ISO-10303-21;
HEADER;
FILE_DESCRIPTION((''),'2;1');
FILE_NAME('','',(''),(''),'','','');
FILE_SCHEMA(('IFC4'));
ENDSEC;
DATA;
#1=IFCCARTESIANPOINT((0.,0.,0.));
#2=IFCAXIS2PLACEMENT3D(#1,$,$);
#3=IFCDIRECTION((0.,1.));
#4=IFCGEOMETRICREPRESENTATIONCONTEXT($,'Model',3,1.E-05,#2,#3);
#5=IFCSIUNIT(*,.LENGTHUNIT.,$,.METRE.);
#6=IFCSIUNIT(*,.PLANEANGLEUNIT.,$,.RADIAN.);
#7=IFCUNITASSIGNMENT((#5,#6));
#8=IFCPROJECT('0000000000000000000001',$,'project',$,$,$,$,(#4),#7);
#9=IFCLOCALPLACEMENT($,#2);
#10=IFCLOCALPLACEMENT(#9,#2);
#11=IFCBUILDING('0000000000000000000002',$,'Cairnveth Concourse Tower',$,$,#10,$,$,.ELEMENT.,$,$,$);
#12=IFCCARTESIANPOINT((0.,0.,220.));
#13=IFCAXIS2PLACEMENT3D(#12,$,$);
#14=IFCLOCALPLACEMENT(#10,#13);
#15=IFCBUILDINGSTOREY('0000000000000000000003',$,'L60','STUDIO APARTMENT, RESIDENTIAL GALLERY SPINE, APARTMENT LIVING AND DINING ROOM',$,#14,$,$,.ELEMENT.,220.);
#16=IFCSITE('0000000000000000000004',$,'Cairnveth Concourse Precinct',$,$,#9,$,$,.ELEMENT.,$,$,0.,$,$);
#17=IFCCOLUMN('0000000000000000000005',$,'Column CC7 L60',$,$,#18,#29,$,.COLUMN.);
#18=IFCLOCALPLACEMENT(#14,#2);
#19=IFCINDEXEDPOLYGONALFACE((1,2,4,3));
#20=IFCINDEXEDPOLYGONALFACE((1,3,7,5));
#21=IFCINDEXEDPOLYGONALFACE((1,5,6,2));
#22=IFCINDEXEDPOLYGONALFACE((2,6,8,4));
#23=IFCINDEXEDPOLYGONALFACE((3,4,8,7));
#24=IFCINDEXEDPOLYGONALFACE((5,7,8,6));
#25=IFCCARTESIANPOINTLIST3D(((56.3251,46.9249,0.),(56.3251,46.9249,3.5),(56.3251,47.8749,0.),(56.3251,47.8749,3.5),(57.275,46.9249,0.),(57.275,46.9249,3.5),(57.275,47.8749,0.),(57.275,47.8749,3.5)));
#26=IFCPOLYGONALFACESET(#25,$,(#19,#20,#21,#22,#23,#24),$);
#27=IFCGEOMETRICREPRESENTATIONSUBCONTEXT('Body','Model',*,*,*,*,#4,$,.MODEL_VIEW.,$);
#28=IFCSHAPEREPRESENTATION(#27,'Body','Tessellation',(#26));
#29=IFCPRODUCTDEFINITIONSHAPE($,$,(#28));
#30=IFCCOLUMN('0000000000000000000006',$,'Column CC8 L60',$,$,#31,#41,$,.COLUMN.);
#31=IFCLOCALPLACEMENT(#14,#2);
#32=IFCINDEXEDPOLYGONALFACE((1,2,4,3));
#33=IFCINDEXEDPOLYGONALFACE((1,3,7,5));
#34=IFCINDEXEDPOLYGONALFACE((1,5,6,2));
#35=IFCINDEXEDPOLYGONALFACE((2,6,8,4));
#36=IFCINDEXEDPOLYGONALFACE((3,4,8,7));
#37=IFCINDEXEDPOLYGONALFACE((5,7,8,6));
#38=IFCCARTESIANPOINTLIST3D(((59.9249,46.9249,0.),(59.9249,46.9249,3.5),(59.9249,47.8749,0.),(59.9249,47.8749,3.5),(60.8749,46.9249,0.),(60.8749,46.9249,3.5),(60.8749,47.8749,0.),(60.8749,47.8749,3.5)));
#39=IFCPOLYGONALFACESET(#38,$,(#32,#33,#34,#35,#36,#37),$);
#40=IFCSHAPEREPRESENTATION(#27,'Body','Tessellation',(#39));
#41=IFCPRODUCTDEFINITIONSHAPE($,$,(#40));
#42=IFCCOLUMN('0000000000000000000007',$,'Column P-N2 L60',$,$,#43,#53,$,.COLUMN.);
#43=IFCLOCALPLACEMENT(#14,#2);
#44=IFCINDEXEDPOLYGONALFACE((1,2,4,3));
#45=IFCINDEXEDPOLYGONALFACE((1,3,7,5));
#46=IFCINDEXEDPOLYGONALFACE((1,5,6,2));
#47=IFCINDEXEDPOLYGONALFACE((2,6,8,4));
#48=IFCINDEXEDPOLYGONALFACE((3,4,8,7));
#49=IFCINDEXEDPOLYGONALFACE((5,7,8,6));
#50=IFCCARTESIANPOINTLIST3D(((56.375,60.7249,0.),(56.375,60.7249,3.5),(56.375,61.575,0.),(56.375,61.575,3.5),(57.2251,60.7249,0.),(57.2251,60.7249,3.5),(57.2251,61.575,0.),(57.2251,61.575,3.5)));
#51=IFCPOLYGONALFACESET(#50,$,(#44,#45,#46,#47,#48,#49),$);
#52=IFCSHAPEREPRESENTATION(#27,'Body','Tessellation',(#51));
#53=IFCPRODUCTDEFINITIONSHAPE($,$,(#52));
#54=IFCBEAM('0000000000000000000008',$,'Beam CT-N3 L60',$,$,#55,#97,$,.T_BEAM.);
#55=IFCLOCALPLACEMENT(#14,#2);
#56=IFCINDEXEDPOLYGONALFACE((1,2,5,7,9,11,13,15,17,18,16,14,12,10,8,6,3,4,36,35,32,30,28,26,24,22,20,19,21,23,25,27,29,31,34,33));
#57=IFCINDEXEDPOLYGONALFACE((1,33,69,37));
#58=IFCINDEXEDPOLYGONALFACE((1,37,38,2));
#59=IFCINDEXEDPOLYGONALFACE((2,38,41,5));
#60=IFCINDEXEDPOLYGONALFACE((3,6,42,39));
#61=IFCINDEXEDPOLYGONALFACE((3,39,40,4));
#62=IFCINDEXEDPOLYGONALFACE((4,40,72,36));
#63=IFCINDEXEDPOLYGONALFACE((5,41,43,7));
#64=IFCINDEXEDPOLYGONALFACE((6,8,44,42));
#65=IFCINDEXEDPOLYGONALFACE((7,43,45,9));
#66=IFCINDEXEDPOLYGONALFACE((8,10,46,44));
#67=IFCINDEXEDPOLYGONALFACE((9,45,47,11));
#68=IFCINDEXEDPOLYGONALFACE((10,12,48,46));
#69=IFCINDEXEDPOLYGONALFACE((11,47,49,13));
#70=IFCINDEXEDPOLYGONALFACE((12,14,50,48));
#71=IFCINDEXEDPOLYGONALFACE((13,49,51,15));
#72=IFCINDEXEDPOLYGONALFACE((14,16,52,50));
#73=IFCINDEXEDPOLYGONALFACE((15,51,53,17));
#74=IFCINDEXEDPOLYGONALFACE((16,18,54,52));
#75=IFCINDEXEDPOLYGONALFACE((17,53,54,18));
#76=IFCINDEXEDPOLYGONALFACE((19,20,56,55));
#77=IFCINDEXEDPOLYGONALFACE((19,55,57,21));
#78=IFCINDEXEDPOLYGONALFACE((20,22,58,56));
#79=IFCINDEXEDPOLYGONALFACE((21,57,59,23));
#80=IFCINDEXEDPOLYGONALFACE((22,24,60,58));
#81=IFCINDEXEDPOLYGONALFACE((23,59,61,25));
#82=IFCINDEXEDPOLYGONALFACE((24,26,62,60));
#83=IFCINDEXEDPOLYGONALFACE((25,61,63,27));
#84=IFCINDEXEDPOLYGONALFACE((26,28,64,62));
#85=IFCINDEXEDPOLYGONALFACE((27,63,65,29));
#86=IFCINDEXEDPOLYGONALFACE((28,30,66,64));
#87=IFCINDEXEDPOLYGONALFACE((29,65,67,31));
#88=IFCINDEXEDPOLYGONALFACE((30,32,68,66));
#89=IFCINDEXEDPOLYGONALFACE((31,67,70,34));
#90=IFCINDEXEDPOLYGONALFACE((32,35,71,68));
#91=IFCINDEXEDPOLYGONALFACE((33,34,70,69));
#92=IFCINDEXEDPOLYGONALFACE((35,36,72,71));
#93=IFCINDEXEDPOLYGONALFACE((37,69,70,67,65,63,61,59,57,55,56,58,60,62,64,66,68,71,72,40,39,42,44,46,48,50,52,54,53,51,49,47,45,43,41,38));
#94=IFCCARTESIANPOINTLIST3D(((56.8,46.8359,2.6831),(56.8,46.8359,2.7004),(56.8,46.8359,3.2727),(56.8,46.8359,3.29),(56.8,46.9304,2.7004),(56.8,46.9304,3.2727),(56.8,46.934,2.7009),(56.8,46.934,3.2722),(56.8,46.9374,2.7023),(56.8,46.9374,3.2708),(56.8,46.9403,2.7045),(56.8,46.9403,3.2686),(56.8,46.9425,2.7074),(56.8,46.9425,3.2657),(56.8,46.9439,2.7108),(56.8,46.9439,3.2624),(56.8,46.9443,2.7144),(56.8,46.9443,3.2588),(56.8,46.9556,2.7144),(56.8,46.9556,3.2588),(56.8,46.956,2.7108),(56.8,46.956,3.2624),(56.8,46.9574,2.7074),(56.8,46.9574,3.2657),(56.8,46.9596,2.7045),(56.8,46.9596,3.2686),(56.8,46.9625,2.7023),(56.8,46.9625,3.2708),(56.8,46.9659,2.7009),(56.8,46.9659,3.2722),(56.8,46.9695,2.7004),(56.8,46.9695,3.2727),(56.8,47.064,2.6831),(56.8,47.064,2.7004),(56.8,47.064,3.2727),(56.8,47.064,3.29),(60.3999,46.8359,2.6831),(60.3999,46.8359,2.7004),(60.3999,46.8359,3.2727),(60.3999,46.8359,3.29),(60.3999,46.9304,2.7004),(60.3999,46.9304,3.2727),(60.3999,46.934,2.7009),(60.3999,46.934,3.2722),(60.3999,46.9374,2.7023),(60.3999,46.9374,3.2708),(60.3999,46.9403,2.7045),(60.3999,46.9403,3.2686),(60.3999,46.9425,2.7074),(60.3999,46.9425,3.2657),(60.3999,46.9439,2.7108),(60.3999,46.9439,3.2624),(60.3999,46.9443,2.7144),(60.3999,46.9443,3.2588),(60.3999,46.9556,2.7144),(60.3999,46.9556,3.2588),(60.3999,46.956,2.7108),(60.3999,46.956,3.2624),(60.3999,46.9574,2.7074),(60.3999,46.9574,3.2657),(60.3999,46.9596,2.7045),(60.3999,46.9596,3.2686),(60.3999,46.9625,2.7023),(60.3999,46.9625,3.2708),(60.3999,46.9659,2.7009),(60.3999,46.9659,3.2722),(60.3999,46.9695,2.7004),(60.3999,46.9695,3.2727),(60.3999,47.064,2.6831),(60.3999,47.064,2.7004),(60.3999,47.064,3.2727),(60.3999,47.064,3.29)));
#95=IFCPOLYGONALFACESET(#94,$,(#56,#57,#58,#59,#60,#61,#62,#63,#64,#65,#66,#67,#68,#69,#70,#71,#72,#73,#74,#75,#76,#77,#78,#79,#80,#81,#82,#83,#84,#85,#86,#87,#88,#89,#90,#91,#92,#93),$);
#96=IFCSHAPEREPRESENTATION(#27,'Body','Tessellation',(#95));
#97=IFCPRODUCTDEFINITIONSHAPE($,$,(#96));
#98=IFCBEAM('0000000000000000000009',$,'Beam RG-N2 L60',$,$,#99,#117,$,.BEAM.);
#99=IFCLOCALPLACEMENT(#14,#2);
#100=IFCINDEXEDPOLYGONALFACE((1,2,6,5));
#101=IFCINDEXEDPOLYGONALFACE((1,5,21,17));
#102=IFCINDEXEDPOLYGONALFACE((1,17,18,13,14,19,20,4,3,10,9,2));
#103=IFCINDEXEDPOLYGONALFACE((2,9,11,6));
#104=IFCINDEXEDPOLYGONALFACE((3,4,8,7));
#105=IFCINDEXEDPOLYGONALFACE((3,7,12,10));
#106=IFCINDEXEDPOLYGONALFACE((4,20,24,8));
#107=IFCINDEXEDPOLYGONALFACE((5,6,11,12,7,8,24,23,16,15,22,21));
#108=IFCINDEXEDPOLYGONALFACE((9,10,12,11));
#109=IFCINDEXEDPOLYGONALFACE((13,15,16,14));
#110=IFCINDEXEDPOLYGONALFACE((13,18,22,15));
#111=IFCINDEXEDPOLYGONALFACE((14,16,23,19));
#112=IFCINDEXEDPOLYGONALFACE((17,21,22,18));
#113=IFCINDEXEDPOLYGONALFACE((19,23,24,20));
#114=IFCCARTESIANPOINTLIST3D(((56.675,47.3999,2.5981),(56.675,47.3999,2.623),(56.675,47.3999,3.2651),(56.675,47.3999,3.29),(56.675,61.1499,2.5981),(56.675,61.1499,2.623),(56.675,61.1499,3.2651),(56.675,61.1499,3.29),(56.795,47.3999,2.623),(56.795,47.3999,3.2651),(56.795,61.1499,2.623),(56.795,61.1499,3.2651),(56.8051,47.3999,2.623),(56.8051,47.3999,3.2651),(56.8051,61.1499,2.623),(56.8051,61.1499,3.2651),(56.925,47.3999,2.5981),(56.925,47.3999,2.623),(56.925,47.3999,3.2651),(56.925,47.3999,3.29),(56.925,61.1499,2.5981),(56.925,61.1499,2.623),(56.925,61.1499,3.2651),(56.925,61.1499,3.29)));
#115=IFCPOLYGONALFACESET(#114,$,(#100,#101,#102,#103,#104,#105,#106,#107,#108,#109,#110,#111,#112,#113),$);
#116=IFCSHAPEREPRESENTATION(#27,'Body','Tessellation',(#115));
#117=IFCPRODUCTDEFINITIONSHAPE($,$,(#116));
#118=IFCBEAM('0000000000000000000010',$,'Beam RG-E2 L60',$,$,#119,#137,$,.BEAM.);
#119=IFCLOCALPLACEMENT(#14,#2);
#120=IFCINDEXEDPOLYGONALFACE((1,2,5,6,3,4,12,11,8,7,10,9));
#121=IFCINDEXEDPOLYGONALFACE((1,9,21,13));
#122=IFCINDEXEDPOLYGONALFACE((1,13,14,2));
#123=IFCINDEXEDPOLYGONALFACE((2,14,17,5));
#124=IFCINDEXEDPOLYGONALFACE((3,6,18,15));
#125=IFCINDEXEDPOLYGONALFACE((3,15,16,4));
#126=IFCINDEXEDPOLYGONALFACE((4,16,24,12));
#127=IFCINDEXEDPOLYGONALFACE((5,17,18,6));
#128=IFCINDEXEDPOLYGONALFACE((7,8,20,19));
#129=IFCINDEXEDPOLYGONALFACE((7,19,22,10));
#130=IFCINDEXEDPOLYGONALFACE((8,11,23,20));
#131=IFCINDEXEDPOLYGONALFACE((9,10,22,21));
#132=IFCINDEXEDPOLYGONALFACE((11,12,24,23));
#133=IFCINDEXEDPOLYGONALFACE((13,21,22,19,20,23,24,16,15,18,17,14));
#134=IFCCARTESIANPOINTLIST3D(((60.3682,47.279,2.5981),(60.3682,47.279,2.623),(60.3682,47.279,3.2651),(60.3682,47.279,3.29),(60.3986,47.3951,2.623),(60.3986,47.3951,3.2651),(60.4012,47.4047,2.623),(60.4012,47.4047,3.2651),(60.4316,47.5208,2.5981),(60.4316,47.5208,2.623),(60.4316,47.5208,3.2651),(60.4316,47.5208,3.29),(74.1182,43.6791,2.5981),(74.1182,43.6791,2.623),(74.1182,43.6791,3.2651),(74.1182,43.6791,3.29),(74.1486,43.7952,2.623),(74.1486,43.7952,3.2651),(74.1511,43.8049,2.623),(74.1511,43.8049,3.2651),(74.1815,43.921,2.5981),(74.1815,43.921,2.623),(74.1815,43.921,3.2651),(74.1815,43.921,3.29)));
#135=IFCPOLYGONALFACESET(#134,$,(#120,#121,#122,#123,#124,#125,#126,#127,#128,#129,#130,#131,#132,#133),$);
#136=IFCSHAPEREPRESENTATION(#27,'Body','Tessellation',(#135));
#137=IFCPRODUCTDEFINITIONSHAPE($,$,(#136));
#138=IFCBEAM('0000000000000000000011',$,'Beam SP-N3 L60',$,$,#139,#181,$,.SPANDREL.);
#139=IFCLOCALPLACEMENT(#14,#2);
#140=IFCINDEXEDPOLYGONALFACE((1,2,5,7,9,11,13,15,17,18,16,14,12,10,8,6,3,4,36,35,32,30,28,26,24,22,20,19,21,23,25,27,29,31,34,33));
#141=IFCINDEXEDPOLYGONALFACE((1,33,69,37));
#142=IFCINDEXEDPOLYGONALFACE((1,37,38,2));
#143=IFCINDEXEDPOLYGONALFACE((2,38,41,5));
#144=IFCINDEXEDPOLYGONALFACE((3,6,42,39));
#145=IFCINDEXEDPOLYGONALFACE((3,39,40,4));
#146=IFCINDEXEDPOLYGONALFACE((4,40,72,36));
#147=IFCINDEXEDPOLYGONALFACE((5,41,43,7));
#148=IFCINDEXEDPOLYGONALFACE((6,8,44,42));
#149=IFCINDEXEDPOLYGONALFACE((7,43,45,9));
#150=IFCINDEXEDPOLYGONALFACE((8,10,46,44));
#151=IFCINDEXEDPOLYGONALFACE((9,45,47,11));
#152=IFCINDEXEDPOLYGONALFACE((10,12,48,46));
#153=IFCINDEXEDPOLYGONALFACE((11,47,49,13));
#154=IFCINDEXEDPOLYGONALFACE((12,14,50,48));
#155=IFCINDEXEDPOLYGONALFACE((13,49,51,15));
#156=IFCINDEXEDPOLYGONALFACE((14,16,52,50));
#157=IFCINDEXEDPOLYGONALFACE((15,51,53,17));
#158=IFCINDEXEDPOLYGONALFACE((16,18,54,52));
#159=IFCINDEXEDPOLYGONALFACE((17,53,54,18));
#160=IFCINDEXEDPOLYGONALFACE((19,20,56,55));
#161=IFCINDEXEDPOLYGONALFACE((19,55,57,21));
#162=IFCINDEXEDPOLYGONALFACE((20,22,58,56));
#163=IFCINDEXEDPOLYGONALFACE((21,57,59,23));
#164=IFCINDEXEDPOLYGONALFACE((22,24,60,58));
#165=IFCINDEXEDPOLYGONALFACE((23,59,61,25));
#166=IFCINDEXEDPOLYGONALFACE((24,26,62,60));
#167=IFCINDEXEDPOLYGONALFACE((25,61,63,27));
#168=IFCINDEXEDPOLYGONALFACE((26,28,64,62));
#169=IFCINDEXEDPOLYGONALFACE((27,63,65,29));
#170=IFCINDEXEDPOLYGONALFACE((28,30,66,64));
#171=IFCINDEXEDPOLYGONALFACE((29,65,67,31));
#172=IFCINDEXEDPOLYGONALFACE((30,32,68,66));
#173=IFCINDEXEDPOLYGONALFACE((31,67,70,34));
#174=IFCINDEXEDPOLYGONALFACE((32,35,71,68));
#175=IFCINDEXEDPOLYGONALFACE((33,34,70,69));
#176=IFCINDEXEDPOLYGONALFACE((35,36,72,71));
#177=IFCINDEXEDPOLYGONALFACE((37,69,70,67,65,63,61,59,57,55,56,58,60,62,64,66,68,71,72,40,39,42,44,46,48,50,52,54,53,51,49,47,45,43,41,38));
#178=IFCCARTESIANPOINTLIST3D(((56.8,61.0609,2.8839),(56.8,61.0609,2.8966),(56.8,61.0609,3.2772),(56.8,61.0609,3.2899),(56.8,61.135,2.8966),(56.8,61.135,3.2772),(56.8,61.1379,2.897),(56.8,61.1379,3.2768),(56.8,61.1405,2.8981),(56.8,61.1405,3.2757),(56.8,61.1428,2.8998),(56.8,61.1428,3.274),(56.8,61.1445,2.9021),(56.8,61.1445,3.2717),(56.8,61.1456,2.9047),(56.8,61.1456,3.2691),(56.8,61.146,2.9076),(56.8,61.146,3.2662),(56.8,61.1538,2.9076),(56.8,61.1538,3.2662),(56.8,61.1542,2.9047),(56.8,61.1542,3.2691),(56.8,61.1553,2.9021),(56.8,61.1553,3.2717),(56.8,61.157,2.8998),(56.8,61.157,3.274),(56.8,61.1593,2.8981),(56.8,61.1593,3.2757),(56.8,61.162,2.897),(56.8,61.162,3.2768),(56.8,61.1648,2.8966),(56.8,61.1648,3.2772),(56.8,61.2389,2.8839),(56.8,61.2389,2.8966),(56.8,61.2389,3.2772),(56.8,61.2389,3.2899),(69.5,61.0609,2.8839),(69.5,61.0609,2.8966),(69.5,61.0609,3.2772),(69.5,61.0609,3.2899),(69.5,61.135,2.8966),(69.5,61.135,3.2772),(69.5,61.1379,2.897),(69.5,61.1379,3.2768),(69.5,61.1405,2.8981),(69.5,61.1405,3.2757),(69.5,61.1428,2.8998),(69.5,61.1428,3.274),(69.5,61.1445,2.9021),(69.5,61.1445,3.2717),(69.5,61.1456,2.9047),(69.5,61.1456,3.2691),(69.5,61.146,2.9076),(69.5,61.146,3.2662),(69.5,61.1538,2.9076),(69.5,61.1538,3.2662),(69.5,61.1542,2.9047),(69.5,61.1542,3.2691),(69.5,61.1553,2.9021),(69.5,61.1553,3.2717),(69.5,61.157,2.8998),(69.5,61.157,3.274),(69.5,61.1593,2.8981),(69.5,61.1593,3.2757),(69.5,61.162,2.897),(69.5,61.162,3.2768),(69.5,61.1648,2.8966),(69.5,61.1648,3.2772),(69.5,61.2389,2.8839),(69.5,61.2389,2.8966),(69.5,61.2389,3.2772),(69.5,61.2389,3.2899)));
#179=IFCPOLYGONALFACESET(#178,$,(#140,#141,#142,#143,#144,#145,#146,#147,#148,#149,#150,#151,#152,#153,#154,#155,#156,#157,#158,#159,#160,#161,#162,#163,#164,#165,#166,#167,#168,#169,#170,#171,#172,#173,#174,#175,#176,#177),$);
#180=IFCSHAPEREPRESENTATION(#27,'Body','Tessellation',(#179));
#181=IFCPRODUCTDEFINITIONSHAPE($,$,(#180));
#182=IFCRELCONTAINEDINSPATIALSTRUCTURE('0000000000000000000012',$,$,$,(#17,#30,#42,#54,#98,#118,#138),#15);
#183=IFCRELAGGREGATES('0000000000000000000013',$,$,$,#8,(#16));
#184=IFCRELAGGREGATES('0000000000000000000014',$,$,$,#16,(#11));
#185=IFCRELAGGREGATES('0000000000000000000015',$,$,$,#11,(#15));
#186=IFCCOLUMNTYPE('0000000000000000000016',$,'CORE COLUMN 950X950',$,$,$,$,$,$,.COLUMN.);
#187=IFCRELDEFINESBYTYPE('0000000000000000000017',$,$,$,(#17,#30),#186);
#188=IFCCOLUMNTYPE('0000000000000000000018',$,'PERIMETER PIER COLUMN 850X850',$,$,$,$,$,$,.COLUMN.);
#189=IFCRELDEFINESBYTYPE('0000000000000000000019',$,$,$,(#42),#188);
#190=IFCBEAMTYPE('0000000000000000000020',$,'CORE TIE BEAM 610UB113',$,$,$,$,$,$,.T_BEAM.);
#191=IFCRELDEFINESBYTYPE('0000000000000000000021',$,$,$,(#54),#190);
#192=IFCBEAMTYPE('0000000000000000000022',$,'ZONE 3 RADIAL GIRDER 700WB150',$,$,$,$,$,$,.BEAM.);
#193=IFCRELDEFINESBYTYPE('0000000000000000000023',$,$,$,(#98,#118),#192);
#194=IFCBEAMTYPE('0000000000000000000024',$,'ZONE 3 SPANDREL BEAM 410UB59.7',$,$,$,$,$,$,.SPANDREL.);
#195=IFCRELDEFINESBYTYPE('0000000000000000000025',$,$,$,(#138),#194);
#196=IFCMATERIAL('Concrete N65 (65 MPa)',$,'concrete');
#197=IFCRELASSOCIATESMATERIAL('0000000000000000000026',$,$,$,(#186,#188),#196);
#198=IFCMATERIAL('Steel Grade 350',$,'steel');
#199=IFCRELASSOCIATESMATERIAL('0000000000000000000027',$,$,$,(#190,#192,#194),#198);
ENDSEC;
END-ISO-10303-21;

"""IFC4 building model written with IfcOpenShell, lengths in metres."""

from ifc_helpers import new_model, si_unit, direction, frame, origin, origin_2d, place, context, subcontext, project, spatial, rectangle, i_section, extrude, material, material_profile, profile_set, type_object, element, save


model = new_model("IFC4")

# Units and contexts
model_context = context("Model", 3, precision=1e-05, world=origin(), true_north=direction((0.0, 1.0)))
body_context = subcontext(model_context, "Body", "Model", "MODEL_VIEW")
ifc_project = project(units=[si_unit("LENGTHUNIT", "METRE"), si_unit("PLANEANGLEUNIT", "RADIAN")], contexts=[model_context])

# Site, building, storey
site_placement = place(None, origin())
site = spatial("IfcSite", under=ifc_project, at=site_placement, Name="Cairnveth Concourse Precinct", CompositionType="ELEMENT", RefElevation=0.0)
building_placement = place(site_placement, origin())
building = spatial("IfcBuilding", under=site, at=building_placement, Name="Cairnveth Concourse Tower", CompositionType="ELEMENT")
storey_placement = place(building_placement, frame((0.0, 0.0, 220.0)))
storey = spatial("IfcBuildingStorey", under=building, at=storey_placement, Name="L60", Description="STUDIO APARTMENT, RESIDENTIAL GALLERY SPINE, APARTMENT LIVING AND DINING ROOM", CompositionType="ELEMENT", Elevation=220.0)

# Columns
ifc_material_1 = material(Name="Concrete N65 (65 MPa)", Category="concrete")
ifc_material_profile_1 = material_profile(ifc_material_1, rectangle(XDim=0.95, YDim=0.95, at=origin_2d()), Name="RC-COL-950x950")
ifc_profile_set_1 = profile_set([ifc_material_profile_1], Name="Concrete N65 (65 MPa)")
column_type_1 = type_object("IfcColumnType", Name="CORE COLUMN 950X950", PredefinedType="COLUMN", material=ifc_profile_set_1)
for number, where, z_axis, x_axis, name in (
    (1, (56.8, 47.3999, 0.0), (0.0, 0.0, 1.0), (1.0, 0.0, 0.0), "Column CC7 L60"),
    (2, (60.3999, 47.3999, 0.0), (0.0, 0.0, 1.0), (1.0, 0.0, 0.0), "Column CC8 L60"),
):
    element("IfcColumn", number, at=place(storey_placement, frame(where, z_axis=z_axis, x_axis=x_axis)), inside=storey, type_object=column_type_1, Name=name, PredefinedType="COLUMN", context=body_context, shape_type="SweptSolid", body=[
        extrude(rectangle(XDim=0.95, YDim=0.95, at=origin_2d()), origin(), (0.0, 0.0, 1.0), 3.5),
    ])
ifc_material_profile_2 = material_profile(ifc_material_1, rectangle(XDim=0.8501, YDim=0.8501, at=origin_2d()), Name="RC-COL-850x850")
ifc_profile_set_2 = profile_set([ifc_material_profile_2], Name="Concrete N65 (65 MPa)")
column_type_2 = type_object("IfcColumnType", Name="PERIMETER PIER COLUMN 850X850", PredefinedType="COLUMN", material=ifc_profile_set_2)
column_placement = place(storey_placement, frame((56.8, 61.1499, 0.0), z_axis=(0.0, 0.0, 1.0), x_axis=(1.0, 0.0, 0.0)))
element("IfcColumn", 3, at=column_placement, inside=storey, type_object=column_type_2, Name="Column P-N2 L60", PredefinedType="COLUMN", context=body_context, shape_type="SweptSolid", body=[
    extrude(rectangle(XDim=0.8501, YDim=0.8501, at=origin_2d()), origin(), (0.0, 0.0, 1.0), 3.5),
])

# Beams
ifc_material_2 = material(Name="Steel Grade 350", Category="steel")
ifc_material_profile_3 = material_profile(ifc_material_2, i_section(OverallWidth=0.228, OverallDepth=0.6069, WebThickness=0.0112, FlangeThickness=0.0173, FilletRadius=0.0139, at=origin_2d()), Name="610UB113")
ifc_profile_set_3 = profile_set([ifc_material_profile_3], Name="Steel Grade 350")
beam_type_1 = type_object("IfcBeamType", Name="CORE TIE BEAM 610UB113", PredefinedType="T_BEAM", material=ifc_profile_set_3)
beam_1_placement = place(storey_placement, frame((56.8, 46.95, 2.9866), z_axis=(1.0, 0.0, 0.0), x_axis=(0.0, 1.0, 0.0)))
element("IfcBeam", 4, at=beam_1_placement, inside=storey, type_object=beam_type_1, Name="Beam CT-N3 L60", PredefinedType="T_BEAM", context=body_context, shape_type="SweptSolid", body=[
    extrude(i_section(OverallWidth=0.228, OverallDepth=0.6069, WebThickness=0.0112, FlangeThickness=0.0173, FilletRadius=0.0139, at=origin_2d()), origin(), (0.0, 0.0, 1.0), 3.5999),
])
ifc_material_profile_4 = material_profile(ifc_material_2, i_section(OverallWidth=0.25, OverallDepth=0.6919, WebThickness=0.01, FlangeThickness=0.0249, at=origin_2d()), Name="700WB150")
ifc_profile_set_4 = profile_set([ifc_material_profile_4], Name="Steel Grade 350")
beam_type_2 = type_object("IfcBeamType", Name="ZONE 3 RADIAL GIRDER 700WB150", PredefinedType="BEAM", material=ifc_profile_set_4)
beam_2_placement = place(storey_placement, frame((56.8, 47.3999, 2.9441), z_axis=(0.0, 1.0, 0.0), x_axis=(-1.0, 0.0, 0.0)))
element("IfcBeam", 5, at=beam_2_placement, inside=storey, type_object=beam_type_2, Name="Beam RG-N2 L60", PredefinedType="BEAM", context=body_context, shape_type="SweptSolid", body=[
    extrude(i_section(OverallWidth=0.25, OverallDepth=0.6919, WebThickness=0.01, FlangeThickness=0.0249, at=origin_2d()), origin(), (0.0, 0.0, 1.0), 13.75),
])
beam_3_placement = place(storey_placement, frame((60.3999, 47.3999, 2.9441), z_axis=(0.967395, -0.253271, 0.0), x_axis=(0.253271, 0.967395, 0.0)))
element("IfcBeam", 6, at=beam_3_placement, inside=storey, type_object=beam_type_2, Name="Beam RG-E2 L60", PredefinedType="BEAM", context=body_context, shape_type="SweptSolid", body=[
    extrude(i_section(OverallWidth=0.25, OverallDepth=0.6919, WebThickness=0.01, FlangeThickness=0.0249, at=origin_2d()), origin(), (0.0, 0.0, 1.0), 14.2134),
])
ifc_material_profile_5 = material_profile(ifc_material_2, i_section(OverallWidth=0.178, OverallDepth=0.406, WebThickness=0.0078, FlangeThickness=0.0127, FilletRadius=0.011, at=origin_2d()), Name="410UB59.7")
ifc_profile_set_5 = profile_set([ifc_material_profile_5], Name="Steel Grade 350")
beam_type_3 = type_object("IfcBeamType", Name="ZONE 3 SPANDREL BEAM 410UB59.7", PredefinedType="SPANDREL", material=ifc_profile_set_5)
beam_4_placement = place(storey_placement, frame((56.8, 61.1499, 3.0869), z_axis=(1.0, 0.0, 0.0), x_axis=(0.0, 1.0, 0.0)))
element("IfcBeam", 7, at=beam_4_placement, inside=storey, type_object=beam_type_3, Name="Beam SP-N3 L60", PredefinedType="SPANDREL", context=body_context, shape_type="SweptSolid", body=[
    extrude(i_section(OverallWidth=0.178, OverallDepth=0.406, WebThickness=0.0078, FlangeThickness=0.0127, FilletRadius=0.011, at=origin_2d()), origin(), (0.0, 0.0, 1.0), 12.7),
])

save(model, "model.ifc")
